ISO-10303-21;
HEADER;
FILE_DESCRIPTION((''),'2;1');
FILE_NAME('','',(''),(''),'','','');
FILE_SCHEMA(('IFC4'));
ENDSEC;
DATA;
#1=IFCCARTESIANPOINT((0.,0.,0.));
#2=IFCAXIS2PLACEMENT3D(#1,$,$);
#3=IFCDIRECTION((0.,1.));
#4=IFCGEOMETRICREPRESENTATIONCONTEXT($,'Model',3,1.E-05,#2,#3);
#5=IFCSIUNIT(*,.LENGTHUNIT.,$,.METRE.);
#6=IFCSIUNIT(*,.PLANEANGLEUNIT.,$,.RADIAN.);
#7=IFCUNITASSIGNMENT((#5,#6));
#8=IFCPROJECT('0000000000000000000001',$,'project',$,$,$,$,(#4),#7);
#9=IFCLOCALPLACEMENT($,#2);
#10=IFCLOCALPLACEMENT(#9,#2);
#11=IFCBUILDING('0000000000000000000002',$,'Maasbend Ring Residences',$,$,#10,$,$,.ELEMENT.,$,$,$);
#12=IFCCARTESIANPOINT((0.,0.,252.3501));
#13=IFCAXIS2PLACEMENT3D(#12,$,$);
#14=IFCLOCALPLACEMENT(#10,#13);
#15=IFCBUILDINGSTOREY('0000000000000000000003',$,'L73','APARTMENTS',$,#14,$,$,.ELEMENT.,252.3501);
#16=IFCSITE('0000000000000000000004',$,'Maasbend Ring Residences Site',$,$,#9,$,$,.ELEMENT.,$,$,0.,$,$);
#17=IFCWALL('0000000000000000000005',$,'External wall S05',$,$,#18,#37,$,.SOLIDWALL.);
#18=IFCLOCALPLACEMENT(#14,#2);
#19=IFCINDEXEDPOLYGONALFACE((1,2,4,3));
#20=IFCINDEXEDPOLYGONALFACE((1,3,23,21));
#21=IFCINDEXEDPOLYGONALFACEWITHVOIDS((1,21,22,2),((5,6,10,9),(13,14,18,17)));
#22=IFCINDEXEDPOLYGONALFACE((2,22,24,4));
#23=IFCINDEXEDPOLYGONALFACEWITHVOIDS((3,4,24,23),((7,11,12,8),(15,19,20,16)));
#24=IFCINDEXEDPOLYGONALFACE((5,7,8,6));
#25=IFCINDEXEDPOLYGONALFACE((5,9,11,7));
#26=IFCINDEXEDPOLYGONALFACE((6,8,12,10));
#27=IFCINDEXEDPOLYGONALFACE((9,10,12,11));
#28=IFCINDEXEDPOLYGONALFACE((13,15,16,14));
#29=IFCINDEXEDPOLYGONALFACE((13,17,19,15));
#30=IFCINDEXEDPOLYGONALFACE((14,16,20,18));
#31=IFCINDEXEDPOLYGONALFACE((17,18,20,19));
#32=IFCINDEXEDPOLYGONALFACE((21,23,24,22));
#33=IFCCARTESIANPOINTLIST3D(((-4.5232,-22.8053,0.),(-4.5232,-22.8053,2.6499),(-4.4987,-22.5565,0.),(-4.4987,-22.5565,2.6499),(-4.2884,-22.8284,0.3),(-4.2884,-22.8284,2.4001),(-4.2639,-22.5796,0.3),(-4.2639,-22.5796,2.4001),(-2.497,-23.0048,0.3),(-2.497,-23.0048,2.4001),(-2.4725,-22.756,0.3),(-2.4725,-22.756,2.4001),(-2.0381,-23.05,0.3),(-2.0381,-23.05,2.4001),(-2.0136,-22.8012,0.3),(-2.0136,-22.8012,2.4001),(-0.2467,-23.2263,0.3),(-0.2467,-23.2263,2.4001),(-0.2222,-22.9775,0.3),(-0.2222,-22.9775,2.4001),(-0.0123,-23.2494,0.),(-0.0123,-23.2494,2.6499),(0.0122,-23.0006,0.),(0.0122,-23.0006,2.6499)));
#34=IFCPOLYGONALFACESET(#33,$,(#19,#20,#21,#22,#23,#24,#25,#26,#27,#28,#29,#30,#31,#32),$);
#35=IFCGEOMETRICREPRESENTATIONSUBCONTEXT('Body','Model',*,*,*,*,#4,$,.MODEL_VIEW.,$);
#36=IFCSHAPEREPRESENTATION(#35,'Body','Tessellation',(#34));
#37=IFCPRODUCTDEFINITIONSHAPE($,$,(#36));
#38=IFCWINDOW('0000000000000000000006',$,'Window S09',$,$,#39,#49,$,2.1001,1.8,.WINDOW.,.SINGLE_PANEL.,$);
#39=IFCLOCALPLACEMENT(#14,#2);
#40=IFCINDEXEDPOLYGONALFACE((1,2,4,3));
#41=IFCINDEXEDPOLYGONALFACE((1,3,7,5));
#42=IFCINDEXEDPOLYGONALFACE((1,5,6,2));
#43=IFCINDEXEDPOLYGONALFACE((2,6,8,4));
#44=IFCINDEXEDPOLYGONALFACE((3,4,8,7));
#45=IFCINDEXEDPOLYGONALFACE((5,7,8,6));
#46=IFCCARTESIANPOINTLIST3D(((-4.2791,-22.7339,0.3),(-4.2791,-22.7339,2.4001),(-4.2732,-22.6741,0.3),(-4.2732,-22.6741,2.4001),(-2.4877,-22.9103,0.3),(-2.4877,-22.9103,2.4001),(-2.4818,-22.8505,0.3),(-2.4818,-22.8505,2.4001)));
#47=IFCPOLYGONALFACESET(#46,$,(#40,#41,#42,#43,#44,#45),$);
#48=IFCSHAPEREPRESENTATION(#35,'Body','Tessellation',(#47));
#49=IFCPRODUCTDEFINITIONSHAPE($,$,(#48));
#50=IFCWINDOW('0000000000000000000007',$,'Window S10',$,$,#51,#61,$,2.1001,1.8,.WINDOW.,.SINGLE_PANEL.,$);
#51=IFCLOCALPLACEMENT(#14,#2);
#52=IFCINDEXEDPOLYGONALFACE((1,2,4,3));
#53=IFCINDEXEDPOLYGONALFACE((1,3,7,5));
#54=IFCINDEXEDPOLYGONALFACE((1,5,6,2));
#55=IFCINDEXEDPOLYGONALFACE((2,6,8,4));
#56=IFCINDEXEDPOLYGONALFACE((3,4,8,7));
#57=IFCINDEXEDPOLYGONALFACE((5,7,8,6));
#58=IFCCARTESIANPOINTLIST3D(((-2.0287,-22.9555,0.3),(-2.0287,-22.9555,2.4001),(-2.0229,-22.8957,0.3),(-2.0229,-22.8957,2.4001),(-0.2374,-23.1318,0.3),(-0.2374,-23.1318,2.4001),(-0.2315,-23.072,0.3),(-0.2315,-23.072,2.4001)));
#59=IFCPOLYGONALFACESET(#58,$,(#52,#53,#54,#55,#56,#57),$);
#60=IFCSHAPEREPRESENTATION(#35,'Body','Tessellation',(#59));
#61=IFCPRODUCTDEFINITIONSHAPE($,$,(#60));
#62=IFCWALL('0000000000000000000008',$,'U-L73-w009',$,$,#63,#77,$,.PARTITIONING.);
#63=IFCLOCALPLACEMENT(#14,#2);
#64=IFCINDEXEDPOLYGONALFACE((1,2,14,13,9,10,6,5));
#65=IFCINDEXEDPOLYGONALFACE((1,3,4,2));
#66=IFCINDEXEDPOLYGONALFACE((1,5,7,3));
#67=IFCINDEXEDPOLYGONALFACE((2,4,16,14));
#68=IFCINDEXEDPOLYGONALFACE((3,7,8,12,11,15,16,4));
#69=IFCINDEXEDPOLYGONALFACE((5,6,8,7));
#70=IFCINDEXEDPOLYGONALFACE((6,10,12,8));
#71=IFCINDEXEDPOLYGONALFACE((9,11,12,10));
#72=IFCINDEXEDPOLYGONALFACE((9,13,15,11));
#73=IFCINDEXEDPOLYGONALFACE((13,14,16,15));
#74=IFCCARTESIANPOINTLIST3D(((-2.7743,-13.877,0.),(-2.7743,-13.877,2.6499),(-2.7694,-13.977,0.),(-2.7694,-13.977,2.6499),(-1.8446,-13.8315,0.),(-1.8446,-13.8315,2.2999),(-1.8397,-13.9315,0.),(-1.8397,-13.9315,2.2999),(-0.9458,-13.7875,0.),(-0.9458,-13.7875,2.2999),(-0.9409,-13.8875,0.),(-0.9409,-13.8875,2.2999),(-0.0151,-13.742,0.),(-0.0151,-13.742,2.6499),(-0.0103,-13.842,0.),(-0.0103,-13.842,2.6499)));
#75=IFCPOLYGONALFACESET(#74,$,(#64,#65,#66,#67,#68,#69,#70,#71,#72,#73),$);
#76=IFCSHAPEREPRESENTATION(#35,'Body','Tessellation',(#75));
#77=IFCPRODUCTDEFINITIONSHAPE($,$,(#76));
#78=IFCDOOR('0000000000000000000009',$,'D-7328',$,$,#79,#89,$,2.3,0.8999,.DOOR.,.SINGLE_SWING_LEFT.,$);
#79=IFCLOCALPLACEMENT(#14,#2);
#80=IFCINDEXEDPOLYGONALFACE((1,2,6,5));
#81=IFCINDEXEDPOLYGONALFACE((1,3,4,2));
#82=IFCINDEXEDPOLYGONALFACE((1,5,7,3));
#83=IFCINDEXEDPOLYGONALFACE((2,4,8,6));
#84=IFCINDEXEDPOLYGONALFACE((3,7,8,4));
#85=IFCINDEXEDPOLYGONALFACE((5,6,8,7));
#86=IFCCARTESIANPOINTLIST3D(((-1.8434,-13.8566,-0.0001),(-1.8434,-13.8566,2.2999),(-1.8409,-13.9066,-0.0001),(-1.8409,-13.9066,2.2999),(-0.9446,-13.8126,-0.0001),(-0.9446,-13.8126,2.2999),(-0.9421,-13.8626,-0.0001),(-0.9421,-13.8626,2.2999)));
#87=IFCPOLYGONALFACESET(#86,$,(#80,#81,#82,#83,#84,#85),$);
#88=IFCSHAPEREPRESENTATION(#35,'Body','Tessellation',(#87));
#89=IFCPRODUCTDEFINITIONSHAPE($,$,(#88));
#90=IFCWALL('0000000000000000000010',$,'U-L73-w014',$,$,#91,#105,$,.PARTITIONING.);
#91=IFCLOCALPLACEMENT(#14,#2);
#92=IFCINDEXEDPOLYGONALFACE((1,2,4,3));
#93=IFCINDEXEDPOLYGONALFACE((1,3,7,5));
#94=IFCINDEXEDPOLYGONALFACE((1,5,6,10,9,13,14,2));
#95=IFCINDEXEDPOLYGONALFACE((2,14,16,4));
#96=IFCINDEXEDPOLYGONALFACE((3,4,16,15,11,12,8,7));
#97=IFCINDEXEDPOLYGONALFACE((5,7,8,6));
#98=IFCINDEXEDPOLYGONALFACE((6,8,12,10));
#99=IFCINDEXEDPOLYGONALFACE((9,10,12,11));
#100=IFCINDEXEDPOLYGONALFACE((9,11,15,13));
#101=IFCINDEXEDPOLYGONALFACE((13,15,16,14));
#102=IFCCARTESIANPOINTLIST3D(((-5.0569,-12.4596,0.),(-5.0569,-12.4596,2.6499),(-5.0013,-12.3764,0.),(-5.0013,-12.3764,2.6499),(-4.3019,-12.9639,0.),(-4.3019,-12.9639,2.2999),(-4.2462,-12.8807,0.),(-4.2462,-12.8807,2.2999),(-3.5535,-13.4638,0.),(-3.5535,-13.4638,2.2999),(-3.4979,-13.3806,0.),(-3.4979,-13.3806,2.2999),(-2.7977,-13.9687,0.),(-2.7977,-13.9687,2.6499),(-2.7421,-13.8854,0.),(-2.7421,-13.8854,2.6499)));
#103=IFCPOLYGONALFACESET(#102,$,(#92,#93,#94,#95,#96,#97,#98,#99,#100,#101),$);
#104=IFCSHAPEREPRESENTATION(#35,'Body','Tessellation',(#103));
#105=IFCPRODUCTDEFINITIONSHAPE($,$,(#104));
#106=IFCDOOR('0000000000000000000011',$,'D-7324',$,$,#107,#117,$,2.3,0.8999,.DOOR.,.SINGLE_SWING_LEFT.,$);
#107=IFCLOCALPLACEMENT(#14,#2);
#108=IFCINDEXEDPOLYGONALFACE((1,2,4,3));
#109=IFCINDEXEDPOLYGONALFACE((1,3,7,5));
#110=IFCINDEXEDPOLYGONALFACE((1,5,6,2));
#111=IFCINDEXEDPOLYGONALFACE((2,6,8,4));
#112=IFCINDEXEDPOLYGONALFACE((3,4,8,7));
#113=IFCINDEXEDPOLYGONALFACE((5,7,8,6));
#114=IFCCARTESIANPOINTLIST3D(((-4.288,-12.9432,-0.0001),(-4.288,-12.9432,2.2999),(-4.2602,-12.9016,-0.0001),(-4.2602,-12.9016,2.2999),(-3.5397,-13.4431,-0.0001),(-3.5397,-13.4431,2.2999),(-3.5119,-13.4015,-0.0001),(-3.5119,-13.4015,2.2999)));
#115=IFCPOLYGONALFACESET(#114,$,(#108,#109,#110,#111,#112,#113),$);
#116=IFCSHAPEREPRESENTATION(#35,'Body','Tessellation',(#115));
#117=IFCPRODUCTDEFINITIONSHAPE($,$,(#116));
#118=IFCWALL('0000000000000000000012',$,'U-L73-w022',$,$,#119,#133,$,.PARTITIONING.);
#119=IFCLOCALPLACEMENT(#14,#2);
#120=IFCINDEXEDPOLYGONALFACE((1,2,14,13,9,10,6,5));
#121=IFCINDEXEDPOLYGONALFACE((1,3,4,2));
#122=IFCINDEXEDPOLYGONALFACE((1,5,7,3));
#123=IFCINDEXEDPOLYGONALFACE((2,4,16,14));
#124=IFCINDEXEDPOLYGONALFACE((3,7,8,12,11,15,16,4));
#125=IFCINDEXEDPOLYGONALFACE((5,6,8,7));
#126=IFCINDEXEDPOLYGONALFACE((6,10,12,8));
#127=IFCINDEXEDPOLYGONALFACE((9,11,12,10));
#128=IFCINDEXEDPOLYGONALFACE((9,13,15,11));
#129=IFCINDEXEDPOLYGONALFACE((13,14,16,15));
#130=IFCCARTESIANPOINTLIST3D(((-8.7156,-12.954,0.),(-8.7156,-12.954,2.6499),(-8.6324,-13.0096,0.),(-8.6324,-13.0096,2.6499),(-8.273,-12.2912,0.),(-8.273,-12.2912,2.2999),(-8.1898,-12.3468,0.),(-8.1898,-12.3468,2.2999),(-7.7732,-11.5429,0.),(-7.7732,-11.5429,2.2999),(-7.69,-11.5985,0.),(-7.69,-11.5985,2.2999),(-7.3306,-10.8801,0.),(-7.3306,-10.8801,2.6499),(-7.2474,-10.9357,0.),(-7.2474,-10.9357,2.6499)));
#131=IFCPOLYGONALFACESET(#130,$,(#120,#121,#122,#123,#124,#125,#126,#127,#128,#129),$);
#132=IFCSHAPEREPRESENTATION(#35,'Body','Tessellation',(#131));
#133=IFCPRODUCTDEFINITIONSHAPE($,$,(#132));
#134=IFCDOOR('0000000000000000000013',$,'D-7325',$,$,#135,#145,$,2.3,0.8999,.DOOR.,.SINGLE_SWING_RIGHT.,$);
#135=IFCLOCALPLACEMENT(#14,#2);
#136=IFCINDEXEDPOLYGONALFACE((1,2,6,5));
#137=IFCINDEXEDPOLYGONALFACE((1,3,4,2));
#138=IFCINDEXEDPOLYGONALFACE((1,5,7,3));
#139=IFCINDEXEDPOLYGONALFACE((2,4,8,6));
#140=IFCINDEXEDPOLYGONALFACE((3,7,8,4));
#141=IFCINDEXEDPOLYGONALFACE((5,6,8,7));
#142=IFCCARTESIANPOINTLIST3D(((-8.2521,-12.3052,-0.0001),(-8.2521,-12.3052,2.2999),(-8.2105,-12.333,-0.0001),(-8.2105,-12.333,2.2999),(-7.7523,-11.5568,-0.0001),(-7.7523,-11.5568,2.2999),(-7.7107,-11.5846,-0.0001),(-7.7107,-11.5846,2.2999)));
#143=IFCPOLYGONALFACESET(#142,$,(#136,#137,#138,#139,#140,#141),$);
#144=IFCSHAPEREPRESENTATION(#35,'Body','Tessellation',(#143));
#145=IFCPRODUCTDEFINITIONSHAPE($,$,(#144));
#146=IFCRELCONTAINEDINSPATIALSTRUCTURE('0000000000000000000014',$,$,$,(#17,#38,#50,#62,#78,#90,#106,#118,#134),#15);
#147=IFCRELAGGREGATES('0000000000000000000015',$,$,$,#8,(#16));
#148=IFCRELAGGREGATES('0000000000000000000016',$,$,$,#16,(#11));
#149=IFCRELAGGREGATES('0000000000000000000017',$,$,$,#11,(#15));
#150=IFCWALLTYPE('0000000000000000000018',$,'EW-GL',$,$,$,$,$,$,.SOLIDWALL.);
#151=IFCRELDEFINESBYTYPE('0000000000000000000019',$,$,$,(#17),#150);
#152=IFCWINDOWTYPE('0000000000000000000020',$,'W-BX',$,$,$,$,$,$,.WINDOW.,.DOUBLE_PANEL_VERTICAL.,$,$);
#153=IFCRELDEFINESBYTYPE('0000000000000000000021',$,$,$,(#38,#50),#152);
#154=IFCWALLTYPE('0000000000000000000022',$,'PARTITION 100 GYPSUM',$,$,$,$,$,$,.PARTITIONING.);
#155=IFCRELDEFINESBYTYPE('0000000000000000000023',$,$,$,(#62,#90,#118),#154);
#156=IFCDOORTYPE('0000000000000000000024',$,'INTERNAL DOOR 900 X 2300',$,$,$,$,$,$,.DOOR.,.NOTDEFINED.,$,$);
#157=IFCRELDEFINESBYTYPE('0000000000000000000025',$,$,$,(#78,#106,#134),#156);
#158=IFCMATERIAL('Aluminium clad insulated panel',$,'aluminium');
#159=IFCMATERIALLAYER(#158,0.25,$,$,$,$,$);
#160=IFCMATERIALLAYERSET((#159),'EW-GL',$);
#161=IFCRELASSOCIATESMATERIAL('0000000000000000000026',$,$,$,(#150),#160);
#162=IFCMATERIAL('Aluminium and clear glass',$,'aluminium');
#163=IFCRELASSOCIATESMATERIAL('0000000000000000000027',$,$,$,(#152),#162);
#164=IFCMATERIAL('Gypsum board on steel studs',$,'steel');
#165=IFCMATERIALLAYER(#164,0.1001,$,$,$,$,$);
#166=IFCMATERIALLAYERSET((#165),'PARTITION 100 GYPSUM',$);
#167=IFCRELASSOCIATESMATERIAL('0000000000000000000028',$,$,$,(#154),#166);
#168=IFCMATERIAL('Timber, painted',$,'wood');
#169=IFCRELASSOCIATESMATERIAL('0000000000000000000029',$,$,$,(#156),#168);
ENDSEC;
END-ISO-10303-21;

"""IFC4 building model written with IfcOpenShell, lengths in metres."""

from ifc_helpers import new_model, si_unit, direction, frame, frame_2d, origin, place, context, subcontext, project, spatial, rectangle, extrude, material, layer, layer_set, type_object, element, fill, save


model = new_model("IFC4")

# Units and contexts
model_context = context("Model", 3, precision=1e-05, world=origin(), true_north=direction((0.0, 1.0)))
body_context = subcontext(model_context, "Body", "Model", "MODEL_VIEW")
ifc_project = project(units=[si_unit("LENGTHUNIT", "METRE"), si_unit("PLANEANGLEUNIT", "RADIAN")], contexts=[model_context])

# Site, building, storey
site_placement = place(None, origin())
site = spatial("IfcSite", under=ifc_project, at=site_placement, Name="Maasbend Ring Residences Site", CompositionType="ELEMENT", RefElevation=0.0)
building_placement = place(site_placement, origin())
building = spatial("IfcBuilding", under=site, at=building_placement, Name="Maasbend Ring Residences", CompositionType="ELEMENT")
storey_placement = place(building_placement, frame((0.0, 0.0, 252.3501)))
storey = spatial("IfcBuildingStorey", under=building, at=storey_placement, Name="L73", Description="APARTMENTS", CompositionType="ELEMENT", Elevation=252.3501)

# Wall, openings, windows
ifc_material_1 = material(Name="Aluminium clad insulated panel", Category="aluminium")
ifc_layer_1 = layer(ifc_material_1, 0.25)
ifc_layer_set_1 = layer_set([ifc_layer_1], Name="EW-GL")
wall_type_1 = type_object("IfcWallType", Name="EW-GL", PredefinedType="SOLIDWALL", material=ifc_layer_set_1)
wall_1_placement = place(storey_placement, frame((-4.511, -22.6809, 0.0), z_axis=(0.0, 0.0, 1.0), x_axis=(0.995189, -0.097973, 0.0)))
wall_1 = element("IfcWall", 1, at=wall_1_placement, inside=storey, type_object=wall_type_1, Name="External wall S05", PredefinedType="SOLIDWALL", context=body_context, shape_type="SweptSolid", body=[
    extrude(rectangle(XDim=4.5327, YDim=0.25, at=frame_2d((2.2664, 0.0))), origin(), (0.0, 0.0, 1.0), 2.6499),
])
opening_1_placement = place(wall_1_placement, frame((0.2361, 0.0, 0.3)))
opening_1 = element("IfcOpeningElement", 2, at=opening_1_placement, cuts=wall_1, PredefinedType="OPENING", context=body_context, shape_type="SweptSolid", body=[
    extrude(rectangle(XDim=1.8, YDim=2.1001, at=frame_2d((0.8999, 1.05))), frame((0.0, 0.135, 0.0), z_axis=(0.0, -1.0, 0.0), x_axis=(1.0, 0.0, 0.0)), (0.0, 0.0, 1.0), 0.27),
])
opening_2_placement = place(wall_1_placement, frame((2.4973, 0.0, 0.3)))
opening_2 = element("IfcOpeningElement", 3, at=opening_2_placement, cuts=wall_1, PredefinedType="OPENING", context=body_context, shape_type="SweptSolid", body=[
    extrude(rectangle(XDim=1.8, YDim=2.1001, at=frame_2d((0.8999, 1.05))), frame((0.0, 0.135, 0.0), z_axis=(0.0, -1.0, 0.0), x_axis=(1.0, 0.0, 0.0)), (0.0, 0.0, 1.0), 0.27),
])
ifc_material_2 = material(Name="Aluminium and clear glass", Category="aluminium")
window_type = type_object("IfcWindowType", Name="W-BX", PartitioningType="DOUBLE_PANEL_VERTICAL", PredefinedType="WINDOW", material=ifc_material_2)
window_1_placement = place(opening_1_placement, origin())
window_1 = element("IfcWindow", 4, at=window_1_placement, inside=storey, type_object=window_type, Name="Window S09", OverallHeight=2.1001, OverallWidth=1.8, PartitioningType="SINGLE_PANEL", PredefinedType="WINDOW", context=body_context, shape_type="SweptSolid", body=[
    extrude(rectangle(XDim=1.8, YDim=2.1001, at=frame_2d((0.8999, 1.05))), frame((0.0, 0.03, 0.0), z_axis=(0.0, -1.0, 0.0), x_axis=(1.0, 0.0, 0.0)), (0.0, 0.0, 1.0), 0.0601),
])
fill(opening_1, window_1)
window_2_placement = place(opening_2_placement, origin())
window_2 = element("IfcWindow", 5, at=window_2_placement, inside=storey, type_object=window_type, Name="Window S10", OverallHeight=2.1001, OverallWidth=1.8, PartitioningType="SINGLE_PANEL", PredefinedType="WINDOW", context=body_context, shape_type="SweptSolid", body=[
    extrude(rectangle(XDim=1.8, YDim=2.1001, at=frame_2d((0.8999, 1.05))), frame((0.0, 0.03, 0.0), z_axis=(0.0, -1.0, 0.0), x_axis=(1.0, 0.0, 0.0)), (0.0, 0.0, 1.0), 0.0601),
])
fill(opening_2, window_2)

# Walls, openings, doors
ifc_material_3 = material(Name="Gypsum board on steel studs", Category="steel")
ifc_layer_2 = layer(ifc_material_3, 0.1001)
ifc_layer_set_2 = layer_set([ifc_layer_2], Name="PARTITION 100 GYPSUM")
wall_type_2 = type_object("IfcWallType", Name="PARTITION 100 GYPSUM", PredefinedType="PARTITIONING", material=ifc_layer_set_2)
wall_2_placement = place(storey_placement, frame((-2.772, -13.927, 0.0), z_axis=(0.0, 0.0, 1.0), x_axis=(0.998805, 0.048875, 0.0)))
wall_2 = element("IfcWall", 6, at=wall_2_placement, inside=storey, type_object=wall_type_2, Name="U-L73-w009", PredefinedType="PARTITIONING", context=body_context, shape_type="SweptSolid", body=[
    extrude(rectangle(XDim=2.7625, YDim=0.1001, at=frame_2d((1.3813, 0.0))), origin(), (0.0, 0.0, 1.0), 2.6499),
])
opening_3_placement = place(wall_2_placement, frame((0.9309, 0.0, 0.0)))
opening_3 = element("IfcOpeningElement", 7, at=opening_3_placement, cuts=wall_2, PredefinedType="OPENING", context=body_context, shape_type="SweptSolid", body=[
    extrude(rectangle(XDim=0.8999, YDim=2.3, at=frame_2d((0.45, 1.1499))), frame((0.0, 0.0601, 0.0), z_axis=(0.0, -1.0, 0.0), x_axis=(1.0, 0.0, 0.0)), (0.0, 0.0, 1.0), 0.1201),
])
ifc_material_4 = material(Name="Timber, painted", Category="wood")
door_type_1 = type_object("IfcDoorType", Name="INTERNAL DOOR 900 X 2300", OperationType="NOTDEFINED", PredefinedType="DOOR", material=ifc_material_4)
door_1_placement = place(opening_3_placement, origin())
door_1 = element("IfcDoor", 8, at=door_1_placement, inside=storey, type_object=door_type_1, Name="D-7328", OperationType="SINGLE_SWING_LEFT", OverallHeight=2.3, OverallWidth=0.8999, PredefinedType="DOOR", context=body_context, shape_type="SweptSolid", body=[
    extrude(rectangle(XDim=0.8999, YDim=2.3, at=frame_2d((0.45, 1.1499))), frame((0.0, 0.0249, 0.0), z_axis=(0.0, -1.0, 0.0), x_axis=(1.0, 0.0, 0.0)), (0.0, 0.0, 1.0), 0.05),
])
fill(opening_3, door_1)
wall_3_placement = place(storey_placement, frame((-5.0291, -12.418, 0.0), z_axis=(0.0, 0.0, 1.0), x_axis=(0.831538, -0.555467, 0.0)))
wall_3 = element("IfcWall", 9, at=wall_3_placement, inside=storey, type_object=wall_type_2, Name="U-L73-w014", PredefinedType="PARTITIONING", context=body_context, shape_type="SweptSolid", body=[
    extrude(rectangle(XDim=2.7168, YDim=0.1001, at=frame_2d((1.3584, 0.0))), origin(), (0.0, 0.0, 1.0), 2.6499),
])
opening_4_placement = place(wall_3_placement, frame((0.908, 0.0, 0.0)))
opening_4 = element("IfcOpeningElement", 10, at=opening_4_placement, cuts=wall_3, PredefinedType="OPENING", context=body_context, shape_type="SweptSolid", body=[
    extrude(rectangle(XDim=0.8999, YDim=2.3, at=frame_2d((0.45, 1.1499))), frame((0.0, 0.0601, 0.0), z_axis=(0.0, -1.0, 0.0), x_axis=(1.0, 0.0, 0.0)), (0.0, 0.0, 1.0), 0.1201),
])
door_2_placement = place(opening_4_placement, origin())
door_2 = element("IfcDoor", 11, at=door_2_placement, inside=storey, type_object=door_type_1, Name="D-7324", OperationType="SINGLE_SWING_LEFT", OverallHeight=2.3, OverallWidth=0.8999, PredefinedType="DOOR", context=body_context, shape_type="SweptSolid", body=[
    extrude(rectangle(XDim=0.8999, YDim=2.3, at=frame_2d((0.45, 1.1499))), frame((0.0, 0.0249, 0.0), z_axis=(0.0, -1.0, 0.0), x_axis=(1.0, 0.0, 0.0)), (0.0, 0.0, 1.0), 0.05),
])
fill(opening_4, door_2)
wall_4_placement = place(storey_placement, frame((-8.6741, -12.9819, 0.0), z_axis=(0.0, 0.0, 1.0), x_axis=(0.555355, 0.831613, 0.0)))
wall_4 = element("IfcWall", 12, at=wall_4_placement, inside=storey, type_object=wall_type_2, Name="U-L73-w022", PredefinedType="PARTITIONING", context=body_context, shape_type="SweptSolid", body=[
    extrude(rectangle(XDim=2.4939, YDim=0.1001, at=frame_2d((1.2471, 0.0))), origin(), (0.0, 0.0, 1.0), 2.6499),
])
opening_5_placement = place(wall_4_placement, frame((0.7971, 0.0, 0.0)))
opening_5 = element("IfcOpeningElement", 13, at=opening_5_placement, cuts=wall_4, PredefinedType="OPENING", context=body_context, shape_type="SweptSolid", body=[
    extrude(rectangle(XDim=0.8999, YDim=2.3, at=frame_2d((0.45, 1.1499))), frame((0.0, 0.0601, 0.0), z_axis=(0.0, -1.0, 0.0), x_axis=(1.0, 0.0, 0.0)), (0.0, 0.0, 1.0), 0.1201),
])
door_3_placement = place(opening_5_placement, origin())
door_3 = element("IfcDoor", 14, at=door_3_placement, inside=storey, type_object=door_type_1, Name="D-7325", OperationType="SINGLE_SWING_RIGHT", OverallHeight=2.3, OverallWidth=0.8999, PredefinedType="DOOR", context=body_context, shape_type="SweptSolid", body=[
    extrude(rectangle(XDim=0.8999, YDim=2.3, at=frame_2d((0.45, 1.1499))), frame((0.0, 0.0249, 0.0), z_axis=(0.0, -1.0, 0.0), x_axis=(1.0, 0.0, 0.0)), (0.0, 0.0, 1.0), 0.05),
])
fill(opening_5, door_3)

save(model, "model.ifc")
